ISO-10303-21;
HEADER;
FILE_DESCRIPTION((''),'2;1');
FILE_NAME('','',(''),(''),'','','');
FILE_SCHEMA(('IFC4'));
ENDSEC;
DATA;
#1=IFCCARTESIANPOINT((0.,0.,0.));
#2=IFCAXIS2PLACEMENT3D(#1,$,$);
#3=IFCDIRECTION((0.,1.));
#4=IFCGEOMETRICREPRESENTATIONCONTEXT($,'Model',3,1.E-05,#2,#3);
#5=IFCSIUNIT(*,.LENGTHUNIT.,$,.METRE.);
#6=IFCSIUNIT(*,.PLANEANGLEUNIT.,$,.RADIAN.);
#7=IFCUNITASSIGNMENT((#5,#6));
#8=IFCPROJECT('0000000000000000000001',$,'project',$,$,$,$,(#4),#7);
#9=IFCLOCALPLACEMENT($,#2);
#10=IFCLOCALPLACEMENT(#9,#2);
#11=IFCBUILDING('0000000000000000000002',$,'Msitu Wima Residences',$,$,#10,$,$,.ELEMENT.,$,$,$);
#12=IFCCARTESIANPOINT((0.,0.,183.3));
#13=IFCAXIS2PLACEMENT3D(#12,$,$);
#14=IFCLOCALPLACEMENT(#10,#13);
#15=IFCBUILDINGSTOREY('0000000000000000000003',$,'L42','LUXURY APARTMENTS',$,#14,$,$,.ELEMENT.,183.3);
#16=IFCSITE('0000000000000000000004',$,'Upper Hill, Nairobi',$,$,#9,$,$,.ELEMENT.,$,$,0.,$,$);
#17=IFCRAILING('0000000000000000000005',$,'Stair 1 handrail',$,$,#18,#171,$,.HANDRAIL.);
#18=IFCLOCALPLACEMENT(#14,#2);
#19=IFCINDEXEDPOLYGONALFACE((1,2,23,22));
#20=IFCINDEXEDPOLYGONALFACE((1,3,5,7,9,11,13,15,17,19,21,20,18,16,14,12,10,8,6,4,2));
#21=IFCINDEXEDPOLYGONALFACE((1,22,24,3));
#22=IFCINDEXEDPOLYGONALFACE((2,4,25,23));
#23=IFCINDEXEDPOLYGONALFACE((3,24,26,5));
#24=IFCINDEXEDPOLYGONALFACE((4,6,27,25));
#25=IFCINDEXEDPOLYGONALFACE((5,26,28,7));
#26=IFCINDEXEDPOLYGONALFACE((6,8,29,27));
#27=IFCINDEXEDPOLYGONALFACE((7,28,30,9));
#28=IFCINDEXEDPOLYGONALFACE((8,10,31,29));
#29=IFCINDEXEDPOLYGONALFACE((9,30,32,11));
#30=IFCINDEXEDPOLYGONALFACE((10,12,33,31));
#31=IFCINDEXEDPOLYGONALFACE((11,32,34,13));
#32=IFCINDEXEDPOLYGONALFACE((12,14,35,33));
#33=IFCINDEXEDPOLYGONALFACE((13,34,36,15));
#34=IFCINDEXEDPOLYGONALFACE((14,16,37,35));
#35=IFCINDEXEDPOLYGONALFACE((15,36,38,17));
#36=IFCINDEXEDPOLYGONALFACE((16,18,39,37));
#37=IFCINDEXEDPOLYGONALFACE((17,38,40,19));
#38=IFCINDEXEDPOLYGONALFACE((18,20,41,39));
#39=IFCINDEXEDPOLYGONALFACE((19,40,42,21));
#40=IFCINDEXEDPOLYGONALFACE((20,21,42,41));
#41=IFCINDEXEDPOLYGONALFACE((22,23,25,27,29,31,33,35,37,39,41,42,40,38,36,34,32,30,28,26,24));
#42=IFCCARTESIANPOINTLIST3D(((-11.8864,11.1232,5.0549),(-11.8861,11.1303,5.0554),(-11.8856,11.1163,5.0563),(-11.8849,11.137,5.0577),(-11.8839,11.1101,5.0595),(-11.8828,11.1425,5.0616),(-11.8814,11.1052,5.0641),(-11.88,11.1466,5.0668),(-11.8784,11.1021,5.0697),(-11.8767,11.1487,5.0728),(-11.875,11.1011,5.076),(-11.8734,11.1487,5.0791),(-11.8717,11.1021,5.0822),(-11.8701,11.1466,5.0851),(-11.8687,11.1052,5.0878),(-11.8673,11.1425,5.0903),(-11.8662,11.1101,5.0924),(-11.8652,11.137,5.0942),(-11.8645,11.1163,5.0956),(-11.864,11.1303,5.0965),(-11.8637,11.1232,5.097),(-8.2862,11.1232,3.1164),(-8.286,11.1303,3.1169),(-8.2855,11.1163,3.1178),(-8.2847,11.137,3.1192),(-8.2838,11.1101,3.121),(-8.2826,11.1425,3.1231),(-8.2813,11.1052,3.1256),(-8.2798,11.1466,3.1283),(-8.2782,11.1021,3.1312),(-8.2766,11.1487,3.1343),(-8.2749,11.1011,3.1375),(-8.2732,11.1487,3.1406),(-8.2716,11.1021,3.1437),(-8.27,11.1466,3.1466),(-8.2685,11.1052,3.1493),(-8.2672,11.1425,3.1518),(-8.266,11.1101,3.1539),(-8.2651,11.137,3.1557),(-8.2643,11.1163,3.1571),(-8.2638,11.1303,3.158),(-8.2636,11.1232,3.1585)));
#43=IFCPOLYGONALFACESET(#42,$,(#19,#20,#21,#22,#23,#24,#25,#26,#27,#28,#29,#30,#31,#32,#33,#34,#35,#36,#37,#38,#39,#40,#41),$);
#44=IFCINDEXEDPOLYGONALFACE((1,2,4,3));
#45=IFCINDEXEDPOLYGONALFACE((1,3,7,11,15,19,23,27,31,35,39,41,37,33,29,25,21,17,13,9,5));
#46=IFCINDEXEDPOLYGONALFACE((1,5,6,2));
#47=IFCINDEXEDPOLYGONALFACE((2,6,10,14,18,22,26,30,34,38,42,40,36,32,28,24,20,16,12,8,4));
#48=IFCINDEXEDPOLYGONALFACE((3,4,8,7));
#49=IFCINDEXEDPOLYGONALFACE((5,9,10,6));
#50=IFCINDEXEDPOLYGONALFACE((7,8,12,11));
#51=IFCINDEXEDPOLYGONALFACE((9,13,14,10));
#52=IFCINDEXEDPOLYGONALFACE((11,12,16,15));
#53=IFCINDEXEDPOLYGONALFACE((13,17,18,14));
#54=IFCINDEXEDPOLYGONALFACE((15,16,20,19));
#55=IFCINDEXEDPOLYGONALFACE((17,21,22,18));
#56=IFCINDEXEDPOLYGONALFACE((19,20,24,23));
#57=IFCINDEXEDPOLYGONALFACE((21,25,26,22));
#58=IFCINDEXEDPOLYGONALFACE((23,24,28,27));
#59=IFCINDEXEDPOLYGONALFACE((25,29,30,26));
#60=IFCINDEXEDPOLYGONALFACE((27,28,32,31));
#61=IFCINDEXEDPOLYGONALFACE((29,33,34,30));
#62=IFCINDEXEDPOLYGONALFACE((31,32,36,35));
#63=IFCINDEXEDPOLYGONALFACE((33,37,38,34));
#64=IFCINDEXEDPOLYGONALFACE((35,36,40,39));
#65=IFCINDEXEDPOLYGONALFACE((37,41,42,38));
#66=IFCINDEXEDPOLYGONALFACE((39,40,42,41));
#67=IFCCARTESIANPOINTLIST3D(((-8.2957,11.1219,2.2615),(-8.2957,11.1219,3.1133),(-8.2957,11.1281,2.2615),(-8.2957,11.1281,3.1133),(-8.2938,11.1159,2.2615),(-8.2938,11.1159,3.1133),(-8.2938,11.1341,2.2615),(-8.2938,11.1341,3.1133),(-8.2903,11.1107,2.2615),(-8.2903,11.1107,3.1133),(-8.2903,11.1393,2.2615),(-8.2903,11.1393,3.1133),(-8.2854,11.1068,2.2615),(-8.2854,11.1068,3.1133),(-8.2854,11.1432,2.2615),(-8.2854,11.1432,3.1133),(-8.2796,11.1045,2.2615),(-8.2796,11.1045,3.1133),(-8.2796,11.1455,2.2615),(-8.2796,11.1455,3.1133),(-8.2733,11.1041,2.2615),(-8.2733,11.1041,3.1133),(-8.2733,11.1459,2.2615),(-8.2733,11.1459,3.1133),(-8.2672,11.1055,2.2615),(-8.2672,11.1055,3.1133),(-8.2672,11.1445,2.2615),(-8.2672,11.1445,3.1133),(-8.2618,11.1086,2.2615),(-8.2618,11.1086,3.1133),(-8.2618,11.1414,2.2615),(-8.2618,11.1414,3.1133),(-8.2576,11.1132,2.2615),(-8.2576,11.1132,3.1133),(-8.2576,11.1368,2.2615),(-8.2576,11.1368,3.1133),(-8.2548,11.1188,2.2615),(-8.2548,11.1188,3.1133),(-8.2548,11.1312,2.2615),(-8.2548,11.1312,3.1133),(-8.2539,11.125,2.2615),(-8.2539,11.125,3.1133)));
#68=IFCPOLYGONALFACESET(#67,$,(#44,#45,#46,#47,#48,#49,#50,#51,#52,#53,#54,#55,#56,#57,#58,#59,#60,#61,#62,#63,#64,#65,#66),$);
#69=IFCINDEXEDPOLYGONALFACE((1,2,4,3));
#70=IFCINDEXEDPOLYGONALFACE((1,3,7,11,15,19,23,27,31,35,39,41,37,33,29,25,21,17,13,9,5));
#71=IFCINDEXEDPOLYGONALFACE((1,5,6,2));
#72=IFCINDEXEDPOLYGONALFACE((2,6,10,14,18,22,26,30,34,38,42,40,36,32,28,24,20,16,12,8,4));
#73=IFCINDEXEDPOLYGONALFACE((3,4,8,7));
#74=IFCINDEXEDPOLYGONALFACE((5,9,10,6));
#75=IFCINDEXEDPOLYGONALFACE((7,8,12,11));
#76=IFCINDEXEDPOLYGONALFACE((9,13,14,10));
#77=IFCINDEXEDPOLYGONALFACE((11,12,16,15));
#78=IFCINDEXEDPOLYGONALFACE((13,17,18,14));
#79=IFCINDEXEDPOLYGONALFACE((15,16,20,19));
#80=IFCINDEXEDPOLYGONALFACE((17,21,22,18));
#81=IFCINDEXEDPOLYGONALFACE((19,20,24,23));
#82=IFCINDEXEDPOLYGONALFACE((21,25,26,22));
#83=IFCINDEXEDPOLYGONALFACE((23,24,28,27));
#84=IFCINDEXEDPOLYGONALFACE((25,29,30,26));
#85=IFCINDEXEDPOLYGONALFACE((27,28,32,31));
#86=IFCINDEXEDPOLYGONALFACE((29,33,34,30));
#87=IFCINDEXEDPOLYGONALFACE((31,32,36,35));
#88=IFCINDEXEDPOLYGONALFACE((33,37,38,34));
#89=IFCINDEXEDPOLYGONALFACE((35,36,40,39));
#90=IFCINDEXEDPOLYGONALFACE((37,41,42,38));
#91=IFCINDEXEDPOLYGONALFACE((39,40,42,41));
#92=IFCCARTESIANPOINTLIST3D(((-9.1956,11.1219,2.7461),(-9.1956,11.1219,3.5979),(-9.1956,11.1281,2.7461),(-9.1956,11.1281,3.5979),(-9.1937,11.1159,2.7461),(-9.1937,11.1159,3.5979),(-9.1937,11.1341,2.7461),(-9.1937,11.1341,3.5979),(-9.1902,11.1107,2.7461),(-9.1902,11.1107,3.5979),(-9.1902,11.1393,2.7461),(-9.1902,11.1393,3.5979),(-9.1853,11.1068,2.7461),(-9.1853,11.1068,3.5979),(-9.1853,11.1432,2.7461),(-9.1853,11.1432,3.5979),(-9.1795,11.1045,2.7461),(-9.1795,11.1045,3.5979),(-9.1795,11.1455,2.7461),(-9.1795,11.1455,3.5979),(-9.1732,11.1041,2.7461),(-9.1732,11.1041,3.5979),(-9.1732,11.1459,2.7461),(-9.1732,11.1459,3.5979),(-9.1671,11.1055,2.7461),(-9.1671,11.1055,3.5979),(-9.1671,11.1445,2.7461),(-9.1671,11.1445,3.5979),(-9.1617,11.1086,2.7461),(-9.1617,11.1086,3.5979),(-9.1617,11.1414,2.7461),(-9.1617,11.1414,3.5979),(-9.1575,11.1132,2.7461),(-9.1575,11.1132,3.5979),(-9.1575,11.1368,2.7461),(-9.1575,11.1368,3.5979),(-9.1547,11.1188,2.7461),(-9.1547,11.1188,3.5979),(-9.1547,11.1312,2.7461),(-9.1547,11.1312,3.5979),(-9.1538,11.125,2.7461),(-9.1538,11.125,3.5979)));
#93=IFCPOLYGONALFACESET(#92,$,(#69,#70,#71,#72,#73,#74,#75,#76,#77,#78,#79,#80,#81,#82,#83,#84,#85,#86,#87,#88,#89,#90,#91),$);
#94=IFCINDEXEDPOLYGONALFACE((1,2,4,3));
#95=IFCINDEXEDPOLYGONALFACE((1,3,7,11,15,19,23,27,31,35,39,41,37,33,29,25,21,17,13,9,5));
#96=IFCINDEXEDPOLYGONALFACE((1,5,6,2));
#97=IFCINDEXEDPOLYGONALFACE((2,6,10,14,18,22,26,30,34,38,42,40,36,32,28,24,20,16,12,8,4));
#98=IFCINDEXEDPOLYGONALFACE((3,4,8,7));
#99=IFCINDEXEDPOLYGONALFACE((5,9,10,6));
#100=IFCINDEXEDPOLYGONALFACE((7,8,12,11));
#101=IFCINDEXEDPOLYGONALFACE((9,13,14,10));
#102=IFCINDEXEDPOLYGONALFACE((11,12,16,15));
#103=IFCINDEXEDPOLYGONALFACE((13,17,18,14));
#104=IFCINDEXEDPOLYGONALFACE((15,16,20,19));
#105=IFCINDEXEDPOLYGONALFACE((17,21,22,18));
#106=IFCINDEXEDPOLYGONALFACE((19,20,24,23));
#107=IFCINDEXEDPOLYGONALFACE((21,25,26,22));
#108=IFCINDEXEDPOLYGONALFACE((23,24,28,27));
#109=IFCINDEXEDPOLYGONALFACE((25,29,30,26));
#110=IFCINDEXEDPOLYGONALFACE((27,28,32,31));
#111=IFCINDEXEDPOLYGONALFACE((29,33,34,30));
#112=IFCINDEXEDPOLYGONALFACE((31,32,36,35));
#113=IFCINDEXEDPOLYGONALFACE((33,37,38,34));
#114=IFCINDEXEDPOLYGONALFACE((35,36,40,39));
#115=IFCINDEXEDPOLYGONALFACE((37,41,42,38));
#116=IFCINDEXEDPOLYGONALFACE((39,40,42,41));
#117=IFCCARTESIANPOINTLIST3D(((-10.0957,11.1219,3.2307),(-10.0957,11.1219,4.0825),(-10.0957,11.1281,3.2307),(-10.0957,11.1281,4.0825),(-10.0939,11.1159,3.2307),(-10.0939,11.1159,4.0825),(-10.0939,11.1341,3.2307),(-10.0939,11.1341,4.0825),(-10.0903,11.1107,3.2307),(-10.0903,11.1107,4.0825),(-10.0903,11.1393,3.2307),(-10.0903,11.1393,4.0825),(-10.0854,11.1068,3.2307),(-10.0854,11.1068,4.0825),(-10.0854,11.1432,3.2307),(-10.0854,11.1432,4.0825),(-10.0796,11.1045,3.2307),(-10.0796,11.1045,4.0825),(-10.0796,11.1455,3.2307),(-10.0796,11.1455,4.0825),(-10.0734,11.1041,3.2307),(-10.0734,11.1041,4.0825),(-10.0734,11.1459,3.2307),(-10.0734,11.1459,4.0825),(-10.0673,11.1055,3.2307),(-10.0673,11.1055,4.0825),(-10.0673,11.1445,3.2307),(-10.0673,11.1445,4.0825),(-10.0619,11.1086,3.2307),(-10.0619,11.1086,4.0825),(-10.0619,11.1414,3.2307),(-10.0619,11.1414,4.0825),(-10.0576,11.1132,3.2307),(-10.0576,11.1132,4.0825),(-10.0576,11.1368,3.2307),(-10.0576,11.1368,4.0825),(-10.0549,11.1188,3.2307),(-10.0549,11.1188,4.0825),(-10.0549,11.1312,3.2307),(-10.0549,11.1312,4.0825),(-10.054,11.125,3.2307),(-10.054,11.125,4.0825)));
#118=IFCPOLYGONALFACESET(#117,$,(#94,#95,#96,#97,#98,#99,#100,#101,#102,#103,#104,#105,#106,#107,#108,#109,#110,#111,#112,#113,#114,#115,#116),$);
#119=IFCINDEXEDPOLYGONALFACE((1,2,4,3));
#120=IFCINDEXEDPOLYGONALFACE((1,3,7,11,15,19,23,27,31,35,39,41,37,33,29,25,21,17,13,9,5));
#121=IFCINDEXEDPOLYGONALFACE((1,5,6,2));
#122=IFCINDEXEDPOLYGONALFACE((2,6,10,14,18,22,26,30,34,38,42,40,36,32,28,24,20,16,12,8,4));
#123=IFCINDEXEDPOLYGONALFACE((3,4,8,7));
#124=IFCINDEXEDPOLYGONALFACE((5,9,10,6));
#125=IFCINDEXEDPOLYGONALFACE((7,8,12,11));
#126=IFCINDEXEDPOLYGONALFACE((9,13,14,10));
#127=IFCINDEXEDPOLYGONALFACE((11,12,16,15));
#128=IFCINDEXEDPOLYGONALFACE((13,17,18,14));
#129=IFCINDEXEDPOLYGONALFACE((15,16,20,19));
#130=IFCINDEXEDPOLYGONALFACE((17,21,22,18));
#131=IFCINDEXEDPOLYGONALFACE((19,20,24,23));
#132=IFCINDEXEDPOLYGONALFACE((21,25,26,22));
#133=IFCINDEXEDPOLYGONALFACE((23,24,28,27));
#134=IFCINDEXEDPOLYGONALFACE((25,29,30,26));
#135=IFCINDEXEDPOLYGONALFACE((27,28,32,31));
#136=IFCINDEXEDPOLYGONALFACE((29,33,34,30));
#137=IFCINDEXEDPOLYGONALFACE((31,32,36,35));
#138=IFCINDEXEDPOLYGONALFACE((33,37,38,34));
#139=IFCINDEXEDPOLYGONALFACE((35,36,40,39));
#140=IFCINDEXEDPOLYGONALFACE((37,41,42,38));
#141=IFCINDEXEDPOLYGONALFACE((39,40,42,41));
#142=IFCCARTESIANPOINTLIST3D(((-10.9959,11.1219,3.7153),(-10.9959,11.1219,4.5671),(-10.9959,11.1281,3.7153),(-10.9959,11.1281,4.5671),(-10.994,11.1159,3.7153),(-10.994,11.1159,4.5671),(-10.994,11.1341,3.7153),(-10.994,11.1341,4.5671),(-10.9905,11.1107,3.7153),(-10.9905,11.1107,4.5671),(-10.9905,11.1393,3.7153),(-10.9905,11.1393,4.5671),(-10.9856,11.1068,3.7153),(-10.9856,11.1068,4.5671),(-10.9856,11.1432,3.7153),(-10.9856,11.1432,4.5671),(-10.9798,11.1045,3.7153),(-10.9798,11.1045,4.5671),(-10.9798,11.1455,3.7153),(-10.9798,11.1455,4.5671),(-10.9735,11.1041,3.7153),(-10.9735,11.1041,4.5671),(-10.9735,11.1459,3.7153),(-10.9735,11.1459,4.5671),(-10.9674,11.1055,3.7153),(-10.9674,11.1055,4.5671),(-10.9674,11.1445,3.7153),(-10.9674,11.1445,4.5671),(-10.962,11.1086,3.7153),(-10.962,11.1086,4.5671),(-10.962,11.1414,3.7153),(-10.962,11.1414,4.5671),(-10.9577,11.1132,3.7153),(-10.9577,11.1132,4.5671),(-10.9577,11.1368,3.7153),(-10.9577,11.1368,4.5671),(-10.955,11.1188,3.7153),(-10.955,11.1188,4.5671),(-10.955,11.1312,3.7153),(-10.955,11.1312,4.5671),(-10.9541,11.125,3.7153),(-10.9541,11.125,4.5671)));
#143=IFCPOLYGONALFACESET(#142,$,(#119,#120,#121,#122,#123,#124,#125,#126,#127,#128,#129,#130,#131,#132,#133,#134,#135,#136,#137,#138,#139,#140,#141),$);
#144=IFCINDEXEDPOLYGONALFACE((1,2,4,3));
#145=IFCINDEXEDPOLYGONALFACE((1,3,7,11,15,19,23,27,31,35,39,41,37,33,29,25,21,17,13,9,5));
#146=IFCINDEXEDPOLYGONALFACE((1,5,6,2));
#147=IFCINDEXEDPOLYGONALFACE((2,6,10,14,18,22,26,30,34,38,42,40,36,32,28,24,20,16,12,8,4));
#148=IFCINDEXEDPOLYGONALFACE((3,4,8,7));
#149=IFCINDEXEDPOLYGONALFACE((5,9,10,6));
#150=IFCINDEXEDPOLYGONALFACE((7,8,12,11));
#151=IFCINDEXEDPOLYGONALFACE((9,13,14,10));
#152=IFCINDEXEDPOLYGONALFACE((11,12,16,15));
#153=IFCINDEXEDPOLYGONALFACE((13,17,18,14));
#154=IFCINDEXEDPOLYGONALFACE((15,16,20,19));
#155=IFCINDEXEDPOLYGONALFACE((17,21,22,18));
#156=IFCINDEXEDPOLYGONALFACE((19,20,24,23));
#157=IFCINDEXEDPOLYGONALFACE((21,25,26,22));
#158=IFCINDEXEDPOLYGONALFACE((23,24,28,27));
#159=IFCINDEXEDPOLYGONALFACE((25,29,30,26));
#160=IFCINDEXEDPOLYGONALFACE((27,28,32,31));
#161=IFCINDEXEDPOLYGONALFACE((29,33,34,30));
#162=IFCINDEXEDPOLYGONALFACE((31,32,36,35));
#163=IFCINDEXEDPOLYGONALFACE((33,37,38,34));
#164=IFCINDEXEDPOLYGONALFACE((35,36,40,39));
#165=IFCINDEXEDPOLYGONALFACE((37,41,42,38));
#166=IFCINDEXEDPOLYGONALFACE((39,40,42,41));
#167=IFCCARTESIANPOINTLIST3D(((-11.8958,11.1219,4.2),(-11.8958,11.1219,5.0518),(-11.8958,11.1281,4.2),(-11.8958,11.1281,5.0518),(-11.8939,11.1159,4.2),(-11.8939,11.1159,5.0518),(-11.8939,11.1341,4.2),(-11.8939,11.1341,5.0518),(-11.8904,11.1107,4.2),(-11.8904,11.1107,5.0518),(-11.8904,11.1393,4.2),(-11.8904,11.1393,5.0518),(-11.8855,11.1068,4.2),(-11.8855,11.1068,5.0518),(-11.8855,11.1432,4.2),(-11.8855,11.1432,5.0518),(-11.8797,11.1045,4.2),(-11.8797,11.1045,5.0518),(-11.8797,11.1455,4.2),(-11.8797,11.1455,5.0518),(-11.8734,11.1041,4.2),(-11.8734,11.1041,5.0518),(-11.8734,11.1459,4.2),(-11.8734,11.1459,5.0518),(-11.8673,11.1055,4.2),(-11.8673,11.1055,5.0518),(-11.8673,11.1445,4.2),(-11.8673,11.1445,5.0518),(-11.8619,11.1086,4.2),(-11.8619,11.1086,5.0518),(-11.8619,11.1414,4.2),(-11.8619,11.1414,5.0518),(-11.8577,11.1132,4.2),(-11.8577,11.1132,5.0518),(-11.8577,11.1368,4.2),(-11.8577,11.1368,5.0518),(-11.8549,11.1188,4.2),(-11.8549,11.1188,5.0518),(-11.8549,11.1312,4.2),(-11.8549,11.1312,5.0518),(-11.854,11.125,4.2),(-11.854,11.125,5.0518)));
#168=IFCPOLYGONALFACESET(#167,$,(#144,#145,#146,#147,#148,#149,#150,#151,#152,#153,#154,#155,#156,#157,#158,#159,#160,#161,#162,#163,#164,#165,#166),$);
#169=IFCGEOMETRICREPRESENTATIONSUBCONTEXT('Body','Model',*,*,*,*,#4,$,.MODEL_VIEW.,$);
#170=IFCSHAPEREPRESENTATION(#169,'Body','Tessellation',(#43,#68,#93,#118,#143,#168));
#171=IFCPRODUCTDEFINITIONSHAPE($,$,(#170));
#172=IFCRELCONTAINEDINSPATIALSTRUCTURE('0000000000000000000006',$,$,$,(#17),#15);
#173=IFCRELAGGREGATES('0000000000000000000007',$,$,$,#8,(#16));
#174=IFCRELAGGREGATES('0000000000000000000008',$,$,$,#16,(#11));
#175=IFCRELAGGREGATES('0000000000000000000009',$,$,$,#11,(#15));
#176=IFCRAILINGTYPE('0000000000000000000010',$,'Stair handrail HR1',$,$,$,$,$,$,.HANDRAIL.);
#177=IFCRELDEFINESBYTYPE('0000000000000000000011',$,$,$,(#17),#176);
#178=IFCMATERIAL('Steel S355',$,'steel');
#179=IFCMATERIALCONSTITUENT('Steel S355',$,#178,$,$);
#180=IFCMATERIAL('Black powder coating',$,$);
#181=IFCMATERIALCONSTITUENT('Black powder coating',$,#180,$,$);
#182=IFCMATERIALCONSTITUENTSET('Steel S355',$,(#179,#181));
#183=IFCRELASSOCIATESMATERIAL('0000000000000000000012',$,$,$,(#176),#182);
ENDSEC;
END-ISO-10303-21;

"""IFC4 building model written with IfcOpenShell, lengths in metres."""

from ifc_helpers import new_model, si_unit, direction, frame, origin, origin_2d, place, context, subcontext, project, spatial, circle, extrude, material, constituent, constituent_set, type_object, element, save


model = new_model("IFC4")

# Units and contexts
model_context = context("Model", 3, precision=1e-05, world=origin(), true_north=direction((0.0, 1.0)))
body_context = subcontext(model_context, "Body", "Model", "MODEL_VIEW")
ifc_project = project(units=[si_unit("LENGTHUNIT", "METRE"), si_unit("PLANEANGLEUNIT", "RADIAN")], contexts=[model_context])

# Site, building, storey
site_placement = place(None, origin())
site = spatial("IfcSite", under=ifc_project, at=site_placement, Name="Upper Hill, Nairobi", CompositionType="ELEMENT", RefElevation=0.0)
building_placement = place(site_placement, origin())
building = spatial("IfcBuilding", under=site, at=building_placement, Name="Msitu Wima Residences", CompositionType="ELEMENT")
storey_placement = place(building_placement, frame((0.0, 0.0, 183.3)))
storey = spatial("IfcBuildingStorey", under=building, at=storey_placement, Name="L42", Description="LUXURY APARTMENTS", CompositionType="ELEMENT", Elevation=183.3)

# Railing
ifc_material_1 = material(Name="Steel S355", Category="steel")
ifc_constituent_1 = constituent(ifc_material_1, Name="Steel S355")
ifc_material_2 = material(Name="Black powder coating")
ifc_constituent_2 = constituent(ifc_material_2, Name="Black powder coating")
ifc_constituent_set = constituent_set(constituents=[ifc_constituent_1, ifc_constituent_2], Name="Steel S355")
railing_type = type_object("IfcRailingType", Name="Stair handrail HR1", PredefinedType="HANDRAIL", material=ifc_constituent_set)
railing_placement = place(storey_placement, frame((-8.2749, 11.125, 2.2615)))
element("IfcRailing", 1, at=railing_placement, inside=storey, type_object=railing_type, Name="Stair 1 handrail", PredefinedType="HANDRAIL", context=body_context, shape_type="SweptSolid", body=[
    extrude(circle(Radius=0.0239, at=origin_2d()), frame((0.0, 0.0, 0.876), z_axis=(-0.880475, 0.0, 0.474093), x_axis=(0.0, -1.0, 0.0)), (0.0, 0.0, 1.0), 4.0889),
    extrude(circle(Radius=0.021, at=origin_2d()), origin(), (0.0, 0.0, 1.0), 0.8518),
    extrude(circle(Radius=0.021, at=origin_2d()), frame((-0.8999, 0.0, 0.4846)), (0.0, 0.0, 1.0), 0.8518),
    extrude(circle(Radius=0.021, at=origin_2d()), frame((-1.8, 0.0, 0.9692)), (0.0, 0.0, 1.0), 0.8518),
    extrude(circle(Radius=0.021, at=origin_2d()), frame((-2.7002, 0.0, 1.4539)), (0.0, 0.0, 1.0), 0.8518),
    extrude(circle(Radius=0.021, at=origin_2d()), frame((-3.6001, 0.0, 1.9385)), (0.0, 0.0, 1.0), 0.8518),
])

save(model, "model.ifc")
